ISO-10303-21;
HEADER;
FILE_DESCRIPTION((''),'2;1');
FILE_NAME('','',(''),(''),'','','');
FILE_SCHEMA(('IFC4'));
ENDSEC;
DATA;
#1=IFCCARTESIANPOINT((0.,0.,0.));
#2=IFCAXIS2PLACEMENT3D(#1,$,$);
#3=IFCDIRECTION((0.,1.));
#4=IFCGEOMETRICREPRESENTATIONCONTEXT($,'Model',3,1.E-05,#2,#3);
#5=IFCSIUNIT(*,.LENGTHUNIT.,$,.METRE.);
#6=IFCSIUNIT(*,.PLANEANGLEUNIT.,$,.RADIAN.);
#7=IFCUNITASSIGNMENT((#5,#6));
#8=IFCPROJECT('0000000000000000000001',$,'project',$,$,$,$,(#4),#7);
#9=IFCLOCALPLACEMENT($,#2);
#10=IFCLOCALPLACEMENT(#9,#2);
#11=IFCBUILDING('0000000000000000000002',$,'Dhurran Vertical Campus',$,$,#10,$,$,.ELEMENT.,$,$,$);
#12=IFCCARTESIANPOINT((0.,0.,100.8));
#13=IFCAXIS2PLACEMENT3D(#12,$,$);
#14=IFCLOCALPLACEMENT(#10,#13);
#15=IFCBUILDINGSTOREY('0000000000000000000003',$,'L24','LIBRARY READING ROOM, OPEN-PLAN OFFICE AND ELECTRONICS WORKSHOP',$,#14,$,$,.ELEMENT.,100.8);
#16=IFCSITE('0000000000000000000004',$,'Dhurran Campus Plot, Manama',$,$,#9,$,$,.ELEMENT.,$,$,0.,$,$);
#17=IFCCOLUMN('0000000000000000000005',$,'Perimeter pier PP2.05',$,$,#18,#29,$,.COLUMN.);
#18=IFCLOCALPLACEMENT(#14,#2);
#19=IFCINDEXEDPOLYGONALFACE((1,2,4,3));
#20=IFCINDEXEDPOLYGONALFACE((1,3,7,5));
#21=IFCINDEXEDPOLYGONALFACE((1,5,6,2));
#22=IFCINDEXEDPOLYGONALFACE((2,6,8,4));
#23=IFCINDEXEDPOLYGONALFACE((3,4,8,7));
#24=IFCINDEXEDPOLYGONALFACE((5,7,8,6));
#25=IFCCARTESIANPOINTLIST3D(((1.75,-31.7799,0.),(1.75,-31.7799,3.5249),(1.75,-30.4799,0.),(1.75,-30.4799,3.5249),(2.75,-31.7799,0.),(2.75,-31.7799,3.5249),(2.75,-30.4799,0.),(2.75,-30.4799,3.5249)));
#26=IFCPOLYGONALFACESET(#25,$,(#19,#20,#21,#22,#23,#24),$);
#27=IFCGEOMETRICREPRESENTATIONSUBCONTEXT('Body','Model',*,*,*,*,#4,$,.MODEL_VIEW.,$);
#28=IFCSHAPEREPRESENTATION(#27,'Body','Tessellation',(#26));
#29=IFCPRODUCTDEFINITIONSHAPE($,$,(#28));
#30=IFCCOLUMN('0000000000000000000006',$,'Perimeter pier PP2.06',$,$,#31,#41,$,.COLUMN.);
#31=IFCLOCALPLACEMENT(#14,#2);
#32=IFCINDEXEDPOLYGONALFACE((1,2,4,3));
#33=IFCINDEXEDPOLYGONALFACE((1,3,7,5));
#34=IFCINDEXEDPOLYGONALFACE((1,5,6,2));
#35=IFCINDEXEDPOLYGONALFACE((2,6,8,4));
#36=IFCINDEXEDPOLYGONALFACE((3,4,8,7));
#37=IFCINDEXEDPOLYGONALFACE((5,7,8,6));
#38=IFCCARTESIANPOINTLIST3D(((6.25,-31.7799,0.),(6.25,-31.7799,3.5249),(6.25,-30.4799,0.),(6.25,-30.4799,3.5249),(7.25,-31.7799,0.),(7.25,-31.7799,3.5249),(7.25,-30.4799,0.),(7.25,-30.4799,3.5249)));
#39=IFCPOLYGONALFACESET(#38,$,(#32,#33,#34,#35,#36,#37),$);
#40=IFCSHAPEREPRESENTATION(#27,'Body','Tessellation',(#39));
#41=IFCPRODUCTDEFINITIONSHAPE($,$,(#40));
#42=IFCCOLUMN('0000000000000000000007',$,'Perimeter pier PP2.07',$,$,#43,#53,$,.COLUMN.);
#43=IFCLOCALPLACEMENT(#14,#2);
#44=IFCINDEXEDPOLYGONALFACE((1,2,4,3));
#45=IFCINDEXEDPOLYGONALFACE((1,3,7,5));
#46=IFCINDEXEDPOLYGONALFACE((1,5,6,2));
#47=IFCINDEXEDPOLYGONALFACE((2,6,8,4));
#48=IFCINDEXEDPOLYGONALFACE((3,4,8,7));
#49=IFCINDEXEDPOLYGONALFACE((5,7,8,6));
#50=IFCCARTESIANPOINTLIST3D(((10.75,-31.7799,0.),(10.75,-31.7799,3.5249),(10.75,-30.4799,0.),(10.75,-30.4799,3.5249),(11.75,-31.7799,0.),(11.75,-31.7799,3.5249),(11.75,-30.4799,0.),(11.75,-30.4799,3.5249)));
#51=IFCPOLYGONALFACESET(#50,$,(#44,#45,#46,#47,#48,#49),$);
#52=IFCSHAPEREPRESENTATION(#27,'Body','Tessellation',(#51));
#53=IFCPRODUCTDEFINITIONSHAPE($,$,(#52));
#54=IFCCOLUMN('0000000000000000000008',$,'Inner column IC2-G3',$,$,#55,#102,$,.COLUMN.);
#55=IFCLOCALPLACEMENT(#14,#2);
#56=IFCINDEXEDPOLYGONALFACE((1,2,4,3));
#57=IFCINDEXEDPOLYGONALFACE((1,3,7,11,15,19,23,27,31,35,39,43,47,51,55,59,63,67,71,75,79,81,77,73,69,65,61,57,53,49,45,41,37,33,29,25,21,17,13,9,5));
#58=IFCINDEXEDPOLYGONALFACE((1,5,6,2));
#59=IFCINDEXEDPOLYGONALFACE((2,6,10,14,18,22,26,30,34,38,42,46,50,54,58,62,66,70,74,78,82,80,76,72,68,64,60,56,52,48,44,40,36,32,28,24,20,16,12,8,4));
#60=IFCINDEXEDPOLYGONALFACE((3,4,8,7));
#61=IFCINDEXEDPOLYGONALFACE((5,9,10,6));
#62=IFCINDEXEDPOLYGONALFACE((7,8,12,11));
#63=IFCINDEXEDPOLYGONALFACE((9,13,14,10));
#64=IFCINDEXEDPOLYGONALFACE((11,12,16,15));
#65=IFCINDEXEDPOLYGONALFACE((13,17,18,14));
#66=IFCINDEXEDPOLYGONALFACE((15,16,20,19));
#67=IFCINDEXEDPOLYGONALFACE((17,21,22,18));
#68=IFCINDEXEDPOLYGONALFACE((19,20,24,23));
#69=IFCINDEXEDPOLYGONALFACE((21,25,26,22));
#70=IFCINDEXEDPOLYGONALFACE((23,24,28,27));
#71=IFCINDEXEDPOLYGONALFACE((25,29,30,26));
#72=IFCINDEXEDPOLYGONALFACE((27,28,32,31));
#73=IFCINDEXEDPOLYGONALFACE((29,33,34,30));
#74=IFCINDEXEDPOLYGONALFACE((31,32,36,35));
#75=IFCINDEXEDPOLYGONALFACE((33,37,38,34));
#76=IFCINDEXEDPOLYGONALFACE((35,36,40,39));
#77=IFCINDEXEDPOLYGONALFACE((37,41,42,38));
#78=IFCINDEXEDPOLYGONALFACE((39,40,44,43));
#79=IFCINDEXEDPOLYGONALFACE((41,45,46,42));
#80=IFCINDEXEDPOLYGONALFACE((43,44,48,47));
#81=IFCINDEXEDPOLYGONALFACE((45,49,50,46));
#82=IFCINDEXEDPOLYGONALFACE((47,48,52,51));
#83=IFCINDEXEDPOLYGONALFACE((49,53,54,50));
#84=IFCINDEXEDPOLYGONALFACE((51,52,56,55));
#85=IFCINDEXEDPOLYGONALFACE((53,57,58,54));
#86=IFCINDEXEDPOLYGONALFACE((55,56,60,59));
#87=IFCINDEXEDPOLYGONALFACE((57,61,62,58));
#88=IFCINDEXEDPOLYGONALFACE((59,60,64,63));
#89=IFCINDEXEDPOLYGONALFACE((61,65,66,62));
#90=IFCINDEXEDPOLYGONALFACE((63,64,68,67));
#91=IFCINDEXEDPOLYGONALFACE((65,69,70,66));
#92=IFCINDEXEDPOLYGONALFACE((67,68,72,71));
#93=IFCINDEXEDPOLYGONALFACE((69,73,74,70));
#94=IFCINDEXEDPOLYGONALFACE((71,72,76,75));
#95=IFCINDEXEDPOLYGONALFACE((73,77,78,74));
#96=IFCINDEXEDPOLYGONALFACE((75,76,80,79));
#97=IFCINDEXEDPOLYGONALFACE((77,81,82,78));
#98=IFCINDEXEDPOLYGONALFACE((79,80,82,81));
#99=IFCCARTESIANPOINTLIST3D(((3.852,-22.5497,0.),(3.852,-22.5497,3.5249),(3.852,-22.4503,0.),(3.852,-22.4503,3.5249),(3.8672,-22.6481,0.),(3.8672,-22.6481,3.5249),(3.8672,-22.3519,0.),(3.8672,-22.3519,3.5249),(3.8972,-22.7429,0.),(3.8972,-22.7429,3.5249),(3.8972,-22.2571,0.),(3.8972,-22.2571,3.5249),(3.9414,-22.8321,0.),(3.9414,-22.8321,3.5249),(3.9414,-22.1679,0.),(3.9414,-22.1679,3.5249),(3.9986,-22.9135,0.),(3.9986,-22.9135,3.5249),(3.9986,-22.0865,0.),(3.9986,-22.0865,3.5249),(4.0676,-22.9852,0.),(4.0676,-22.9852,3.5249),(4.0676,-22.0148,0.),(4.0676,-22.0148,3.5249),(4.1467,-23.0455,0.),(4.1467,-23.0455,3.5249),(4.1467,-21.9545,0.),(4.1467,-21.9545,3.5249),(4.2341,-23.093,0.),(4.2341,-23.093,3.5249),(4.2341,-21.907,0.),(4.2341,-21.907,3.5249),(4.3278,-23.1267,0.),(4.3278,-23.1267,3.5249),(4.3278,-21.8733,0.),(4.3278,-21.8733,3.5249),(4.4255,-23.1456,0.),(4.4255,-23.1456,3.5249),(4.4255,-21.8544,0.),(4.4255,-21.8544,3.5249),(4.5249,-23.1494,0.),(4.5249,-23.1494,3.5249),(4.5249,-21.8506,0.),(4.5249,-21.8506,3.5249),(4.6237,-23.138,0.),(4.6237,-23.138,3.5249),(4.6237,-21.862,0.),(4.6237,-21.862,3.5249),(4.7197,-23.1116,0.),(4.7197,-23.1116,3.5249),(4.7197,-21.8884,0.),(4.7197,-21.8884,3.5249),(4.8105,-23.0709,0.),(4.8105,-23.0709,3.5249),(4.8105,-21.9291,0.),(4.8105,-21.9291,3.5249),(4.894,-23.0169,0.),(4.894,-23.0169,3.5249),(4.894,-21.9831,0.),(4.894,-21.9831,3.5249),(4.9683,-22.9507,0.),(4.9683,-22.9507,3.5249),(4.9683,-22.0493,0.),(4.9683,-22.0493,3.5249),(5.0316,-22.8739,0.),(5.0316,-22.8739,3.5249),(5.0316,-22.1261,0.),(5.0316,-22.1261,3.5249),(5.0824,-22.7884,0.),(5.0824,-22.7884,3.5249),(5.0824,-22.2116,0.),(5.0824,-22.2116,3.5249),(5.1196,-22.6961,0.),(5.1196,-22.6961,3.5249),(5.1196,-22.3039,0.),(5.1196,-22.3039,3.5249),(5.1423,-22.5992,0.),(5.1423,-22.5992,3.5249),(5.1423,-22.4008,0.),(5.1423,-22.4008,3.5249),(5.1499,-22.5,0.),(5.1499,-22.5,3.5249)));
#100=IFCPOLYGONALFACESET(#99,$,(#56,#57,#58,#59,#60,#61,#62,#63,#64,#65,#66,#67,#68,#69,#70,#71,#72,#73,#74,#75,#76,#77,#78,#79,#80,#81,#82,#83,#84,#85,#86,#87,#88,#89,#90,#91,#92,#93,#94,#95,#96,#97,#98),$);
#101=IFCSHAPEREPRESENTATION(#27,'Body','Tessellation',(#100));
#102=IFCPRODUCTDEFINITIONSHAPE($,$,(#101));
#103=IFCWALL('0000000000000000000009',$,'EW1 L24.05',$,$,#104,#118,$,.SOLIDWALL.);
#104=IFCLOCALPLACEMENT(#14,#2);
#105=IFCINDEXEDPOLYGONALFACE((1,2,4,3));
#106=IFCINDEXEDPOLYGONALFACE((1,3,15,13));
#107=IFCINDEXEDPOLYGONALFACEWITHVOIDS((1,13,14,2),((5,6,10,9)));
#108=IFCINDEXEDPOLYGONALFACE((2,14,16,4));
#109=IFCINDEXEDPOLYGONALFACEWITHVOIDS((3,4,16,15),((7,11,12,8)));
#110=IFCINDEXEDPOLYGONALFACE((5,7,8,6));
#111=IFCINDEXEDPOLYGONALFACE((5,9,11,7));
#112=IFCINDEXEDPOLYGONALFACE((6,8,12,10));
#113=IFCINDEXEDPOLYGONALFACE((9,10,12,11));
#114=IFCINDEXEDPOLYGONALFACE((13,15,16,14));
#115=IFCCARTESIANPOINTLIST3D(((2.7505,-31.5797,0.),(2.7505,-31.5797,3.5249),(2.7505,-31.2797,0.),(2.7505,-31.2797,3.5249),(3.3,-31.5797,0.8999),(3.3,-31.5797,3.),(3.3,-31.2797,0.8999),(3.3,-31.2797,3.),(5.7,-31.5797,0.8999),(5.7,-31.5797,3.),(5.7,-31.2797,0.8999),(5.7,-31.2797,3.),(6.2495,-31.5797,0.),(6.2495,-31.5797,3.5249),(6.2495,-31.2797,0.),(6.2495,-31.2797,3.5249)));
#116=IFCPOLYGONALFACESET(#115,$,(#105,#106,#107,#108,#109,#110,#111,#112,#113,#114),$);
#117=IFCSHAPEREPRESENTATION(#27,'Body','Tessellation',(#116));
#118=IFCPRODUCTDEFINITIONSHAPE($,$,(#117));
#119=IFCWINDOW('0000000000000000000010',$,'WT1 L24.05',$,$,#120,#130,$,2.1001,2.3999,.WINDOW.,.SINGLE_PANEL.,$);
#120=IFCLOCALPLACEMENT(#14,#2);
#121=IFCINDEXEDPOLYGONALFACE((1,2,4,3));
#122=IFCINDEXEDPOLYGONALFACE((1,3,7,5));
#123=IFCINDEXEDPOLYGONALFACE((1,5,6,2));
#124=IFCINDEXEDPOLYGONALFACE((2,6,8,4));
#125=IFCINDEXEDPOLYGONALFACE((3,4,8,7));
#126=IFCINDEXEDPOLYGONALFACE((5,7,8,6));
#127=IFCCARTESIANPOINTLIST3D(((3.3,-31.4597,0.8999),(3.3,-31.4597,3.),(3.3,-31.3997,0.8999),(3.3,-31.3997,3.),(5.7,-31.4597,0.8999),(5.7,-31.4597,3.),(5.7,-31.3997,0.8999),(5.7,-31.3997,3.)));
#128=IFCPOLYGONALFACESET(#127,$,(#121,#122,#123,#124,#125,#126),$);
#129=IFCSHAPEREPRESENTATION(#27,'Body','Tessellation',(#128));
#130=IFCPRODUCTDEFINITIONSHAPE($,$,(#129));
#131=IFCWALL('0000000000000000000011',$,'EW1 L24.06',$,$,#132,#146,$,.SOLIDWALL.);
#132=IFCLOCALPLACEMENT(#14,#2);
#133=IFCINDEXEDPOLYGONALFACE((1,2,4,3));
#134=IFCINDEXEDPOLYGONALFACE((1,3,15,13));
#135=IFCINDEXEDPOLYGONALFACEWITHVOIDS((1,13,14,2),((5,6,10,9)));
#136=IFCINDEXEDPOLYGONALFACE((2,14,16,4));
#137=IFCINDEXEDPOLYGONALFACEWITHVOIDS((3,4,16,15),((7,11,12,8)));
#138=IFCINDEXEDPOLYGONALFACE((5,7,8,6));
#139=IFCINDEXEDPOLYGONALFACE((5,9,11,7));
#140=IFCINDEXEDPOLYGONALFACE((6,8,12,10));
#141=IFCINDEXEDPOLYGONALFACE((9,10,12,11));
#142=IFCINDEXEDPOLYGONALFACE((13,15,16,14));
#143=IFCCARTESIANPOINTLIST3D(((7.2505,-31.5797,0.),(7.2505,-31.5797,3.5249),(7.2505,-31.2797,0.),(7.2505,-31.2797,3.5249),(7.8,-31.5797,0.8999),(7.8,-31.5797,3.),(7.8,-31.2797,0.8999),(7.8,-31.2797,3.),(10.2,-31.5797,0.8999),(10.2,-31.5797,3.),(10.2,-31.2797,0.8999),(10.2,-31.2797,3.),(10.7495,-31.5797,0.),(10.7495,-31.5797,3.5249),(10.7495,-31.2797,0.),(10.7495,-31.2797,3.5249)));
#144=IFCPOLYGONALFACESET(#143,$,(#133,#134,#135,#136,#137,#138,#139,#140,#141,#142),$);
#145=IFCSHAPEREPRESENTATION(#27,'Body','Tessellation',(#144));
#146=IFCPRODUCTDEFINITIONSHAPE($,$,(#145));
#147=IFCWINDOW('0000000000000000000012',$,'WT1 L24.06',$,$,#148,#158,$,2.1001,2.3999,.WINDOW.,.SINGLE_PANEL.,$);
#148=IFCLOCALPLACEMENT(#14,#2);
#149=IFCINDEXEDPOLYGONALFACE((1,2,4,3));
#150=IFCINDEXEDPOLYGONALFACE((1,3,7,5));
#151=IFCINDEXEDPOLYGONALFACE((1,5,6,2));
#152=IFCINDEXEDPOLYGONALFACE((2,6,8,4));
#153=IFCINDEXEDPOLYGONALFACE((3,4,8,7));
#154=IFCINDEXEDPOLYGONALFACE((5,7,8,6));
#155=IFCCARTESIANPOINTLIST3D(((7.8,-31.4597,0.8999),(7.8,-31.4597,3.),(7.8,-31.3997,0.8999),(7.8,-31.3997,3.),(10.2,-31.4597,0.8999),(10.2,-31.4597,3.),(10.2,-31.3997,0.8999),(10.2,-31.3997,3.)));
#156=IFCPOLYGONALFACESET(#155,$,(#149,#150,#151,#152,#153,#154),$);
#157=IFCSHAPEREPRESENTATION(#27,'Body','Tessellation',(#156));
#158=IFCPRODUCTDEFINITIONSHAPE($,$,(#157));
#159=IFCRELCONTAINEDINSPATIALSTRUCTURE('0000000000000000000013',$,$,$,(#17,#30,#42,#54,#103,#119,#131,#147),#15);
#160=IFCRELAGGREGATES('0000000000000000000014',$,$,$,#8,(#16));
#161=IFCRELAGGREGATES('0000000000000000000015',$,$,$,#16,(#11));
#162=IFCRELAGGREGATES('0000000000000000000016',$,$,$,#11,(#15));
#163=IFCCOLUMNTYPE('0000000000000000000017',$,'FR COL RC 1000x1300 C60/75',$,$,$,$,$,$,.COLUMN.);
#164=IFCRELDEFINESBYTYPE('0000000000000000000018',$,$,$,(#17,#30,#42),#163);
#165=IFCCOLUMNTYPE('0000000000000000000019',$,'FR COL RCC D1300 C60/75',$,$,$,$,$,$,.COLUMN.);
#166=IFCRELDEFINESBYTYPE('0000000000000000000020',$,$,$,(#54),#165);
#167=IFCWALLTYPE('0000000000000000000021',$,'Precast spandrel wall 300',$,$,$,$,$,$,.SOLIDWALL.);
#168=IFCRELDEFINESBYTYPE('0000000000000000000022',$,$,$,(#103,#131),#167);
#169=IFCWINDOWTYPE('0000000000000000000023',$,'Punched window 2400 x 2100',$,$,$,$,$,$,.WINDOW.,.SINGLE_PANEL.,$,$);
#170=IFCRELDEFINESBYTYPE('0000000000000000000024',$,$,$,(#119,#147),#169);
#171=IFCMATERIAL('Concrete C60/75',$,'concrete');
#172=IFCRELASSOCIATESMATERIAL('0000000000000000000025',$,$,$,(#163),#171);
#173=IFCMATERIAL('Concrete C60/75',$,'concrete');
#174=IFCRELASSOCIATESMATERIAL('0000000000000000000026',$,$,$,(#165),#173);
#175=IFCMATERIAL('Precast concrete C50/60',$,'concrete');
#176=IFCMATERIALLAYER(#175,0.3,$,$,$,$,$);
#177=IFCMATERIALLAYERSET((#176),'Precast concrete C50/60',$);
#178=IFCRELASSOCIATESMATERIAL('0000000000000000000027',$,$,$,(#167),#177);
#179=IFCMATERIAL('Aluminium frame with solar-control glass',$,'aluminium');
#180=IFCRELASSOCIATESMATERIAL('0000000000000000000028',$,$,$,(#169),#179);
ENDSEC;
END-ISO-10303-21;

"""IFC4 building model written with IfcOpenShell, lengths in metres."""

from ifc_helpers import new_model, si_unit, direction, frame, frame_2d, origin, origin_2d, place, context, subcontext, project, spatial, rectangle, circle, extrude, material, layer, layer_set, material_profile, profile_set, type_object, element, fill, save


model = new_model("IFC4")

# Units and contexts
model_context = context("Model", 3, precision=1e-05, world=origin(), true_north=direction((0.0, 1.0)))
body_context = subcontext(model_context, "Body", "Model", "MODEL_VIEW")
ifc_project = project(units=[si_unit("LENGTHUNIT", "METRE"), si_unit("PLANEANGLEUNIT", "RADIAN")], contexts=[model_context])

# Site, building, storey
site_placement = place(None, origin())
site = spatial("IfcSite", under=ifc_project, at=site_placement, Name="Dhurran Campus Plot, Manama", CompositionType="ELEMENT", RefElevation=0.0)
building_placement = place(site_placement, origin())
building = spatial("IfcBuilding", under=site, at=building_placement, Name="Dhurran Vertical Campus", CompositionType="ELEMENT")
storey_placement = place(building_placement, frame((0.0, 0.0, 100.8)))
storey = spatial("IfcBuildingStorey", under=building, at=storey_placement, Name="L24", Description="LIBRARY READING ROOM, OPEN-PLAN OFFICE AND ELECTRONICS WORKSHOP", CompositionType="ELEMENT", Elevation=100.8)

# Columns
ifc_material_1 = material(Name="Concrete C60/75", Category="concrete")
ifc_material_profile_1 = material_profile(ifc_material_1, rectangle(XDim=1.0, YDim=1.3, at=origin_2d()), Name="RC 1000x1300")
ifc_profile_set_1 = profile_set([ifc_material_profile_1], Name="Concrete C60/75")
column_type_1 = type_object("IfcColumnType", Name="FR COL RC 1000x1300 C60/75", PredefinedType="COLUMN", material=ifc_profile_set_1)
for number, where, z_axis, x_axis, name in (
    (1, (2.25, -31.1299, 0.0), (0.0, 0.0, 1.0), (1.0, 0.0, 0.0), "Perimeter pier PP2.05"),
    (2, (6.75, -31.1299, 0.0), (0.0, 0.0, 1.0), (1.0, 0.0, 0.0), "Perimeter pier PP2.06"),
    (3, (11.25, -31.1299, 0.0), (0.0, 0.0, 1.0), (1.0, 0.0, 0.0), "Perimeter pier PP2.07"),
):
    element("IfcColumn", number, at=place(storey_placement, frame(where, z_axis=z_axis, x_axis=x_axis)), inside=storey, type_object=column_type_1, Name=name, PredefinedType="COLUMN", context=body_context, shape_type="SweptSolid", body=[
        extrude(rectangle(XDim=1.0, YDim=1.3, at=origin_2d()), origin(), (0.0, 0.0, 1.0), 3.5249),
    ])
ifc_material_2 = material(Name="Concrete C60/75", Category="concrete")
ifc_material_profile_2 = material_profile(ifc_material_2, circle(Radius=0.6499, at=origin_2d()), Name="RCC D1300")
ifc_profile_set_2 = profile_set([ifc_material_profile_2], Name="Concrete C60/75")
column_type_2 = type_object("IfcColumnType", Name="FR COL RCC D1300 C60/75", PredefinedType="COLUMN", material=ifc_profile_set_2)
column_placement = place(storey_placement, frame((4.5, -22.5, 0.0), z_axis=(0.0, 0.0, 1.0), x_axis=(1.0, 0.0, 0.0)))
element("IfcColumn", 4, at=column_placement, inside=storey, type_object=column_type_2, Name="Inner column IC2-G3", PredefinedType="COLUMN", context=body_context, shape_type="SweptSolid", body=[
    extrude(circle(Radius=0.6499, at=origin_2d()), origin(), (0.0, 0.0, 1.0), 3.5249),
])

# Walls, openings, windows
ifc_material_3 = material(Name="Precast concrete C50/60", Category="concrete")
ifc_layer_1 = layer(ifc_material_3, 0.3)
ifc_layer_set_1 = layer_set([ifc_layer_1], Name="Precast concrete C50/60")
wall_type_1 = type_object("IfcWallType", Name="Precast spandrel wall 300", PredefinedType="SOLIDWALL", material=ifc_layer_set_1)
wall_1_placement = place(storey_placement, frame((2.7505, -31.4297, 0.0), z_axis=(0.0, 0.0, 1.0), x_axis=(1.0, 0.0, 0.0)))
wall_1 = element("IfcWall", 5, at=wall_1_placement, inside=storey, type_object=wall_type_1, Name="EW1 L24.05", PredefinedType="SOLIDWALL", context=body_context, shape_type="SweptSolid", body=[
    extrude(rectangle(XDim=3.499, YDim=0.3, at=frame_2d((1.7495, 0.0))), origin(), (0.0, 0.0, 1.0), 3.5249),
])
opening_1_placement = place(wall_1_placement, frame((0.5496, 0.0, 0.8999)))
opening_1 = element("IfcOpeningElement", 6, at=opening_1_placement, cuts=wall_1, PredefinedType="OPENING", context=body_context, shape_type="SweptSolid", body=[
    extrude(rectangle(XDim=2.3999, YDim=2.1001, at=frame_2d((1.2, 1.05))), frame((0.0, 0.1599, 0.0), z_axis=(0.0, -1.0, 0.0), x_axis=(1.0, 0.0, 0.0)), (0.0, 0.0, 1.0), 0.3201),
])
ifc_material_4 = material(Name="Aluminium frame with solar-control glass", Category="aluminium")
window_type = type_object("IfcWindowType", Name="Punched window 2400 x 2100", PartitioningType="SINGLE_PANEL", PredefinedType="WINDOW", material=ifc_material_4)
window_1_placement = place(opening_1_placement, origin())
window_1 = element("IfcWindow", 7, at=window_1_placement, inside=storey, type_object=window_type, Name="WT1 L24.05", OverallHeight=2.1001, OverallWidth=2.3999, PartitioningType="SINGLE_PANEL", PredefinedType="WINDOW", context=body_context, shape_type="SweptSolid", body=[
    extrude(rectangle(XDim=2.3999, YDim=2.1001, at=frame_2d((1.2, 1.05))), frame((0.0, 0.03, 0.0), z_axis=(0.0, -1.0, 0.0), x_axis=(1.0, 0.0, 0.0)), (0.0, 0.0, 1.0), 0.0601),
])
fill(opening_1, window_1)
wall_2_placement = place(storey_placement, frame((7.2505, -31.4297, 0.0), z_axis=(0.0, 0.0, 1.0), x_axis=(1.0, 0.0, 0.0)))
wall_2 = element("IfcWall", 8, at=wall_2_placement, inside=storey, type_object=wall_type_1, Name="EW1 L24.06", PredefinedType="SOLIDWALL", context=body_context, shape_type="SweptSolid", body=[
    extrude(rectangle(XDim=3.499, YDim=0.3, at=frame_2d((1.7495, 0.0))), origin(), (0.0, 0.0, 1.0), 3.5249),
])
opening_2_placement = place(wall_2_placement, frame((0.5496, 0.0, 0.8999)))
opening_2 = element("IfcOpeningElement", 9, at=opening_2_placement, cuts=wall_2, PredefinedType="OPENING", context=body_context, shape_type="SweptSolid", body=[
    extrude(rectangle(XDim=2.3999, YDim=2.1001, at=frame_2d((1.2, 1.05))), frame((0.0, 0.1599, 0.0), z_axis=(0.0, -1.0, 0.0), x_axis=(1.0, 0.0, 0.0)), (0.0, 0.0, 1.0), 0.3201),
])
window_2_placement = place(opening_2_placement, origin())
window_2 = element("IfcWindow", 10, at=window_2_placement, inside=storey, type_object=window_type, Name="WT1 L24.06", OverallHeight=2.1001, OverallWidth=2.3999, PartitioningType="SINGLE_PANEL", PredefinedType="WINDOW", context=body_context, shape_type="SweptSolid", body=[
    extrude(rectangle(XDim=2.3999, YDim=2.1001, at=frame_2d((1.2, 1.05))), frame((0.0, 0.03, 0.0), z_axis=(0.0, -1.0, 0.0), x_axis=(1.0, 0.0, 0.0)), (0.0, 0.0, 1.0), 0.0601),
])
fill(opening_2, window_2)

save(model, "model.ifc")
